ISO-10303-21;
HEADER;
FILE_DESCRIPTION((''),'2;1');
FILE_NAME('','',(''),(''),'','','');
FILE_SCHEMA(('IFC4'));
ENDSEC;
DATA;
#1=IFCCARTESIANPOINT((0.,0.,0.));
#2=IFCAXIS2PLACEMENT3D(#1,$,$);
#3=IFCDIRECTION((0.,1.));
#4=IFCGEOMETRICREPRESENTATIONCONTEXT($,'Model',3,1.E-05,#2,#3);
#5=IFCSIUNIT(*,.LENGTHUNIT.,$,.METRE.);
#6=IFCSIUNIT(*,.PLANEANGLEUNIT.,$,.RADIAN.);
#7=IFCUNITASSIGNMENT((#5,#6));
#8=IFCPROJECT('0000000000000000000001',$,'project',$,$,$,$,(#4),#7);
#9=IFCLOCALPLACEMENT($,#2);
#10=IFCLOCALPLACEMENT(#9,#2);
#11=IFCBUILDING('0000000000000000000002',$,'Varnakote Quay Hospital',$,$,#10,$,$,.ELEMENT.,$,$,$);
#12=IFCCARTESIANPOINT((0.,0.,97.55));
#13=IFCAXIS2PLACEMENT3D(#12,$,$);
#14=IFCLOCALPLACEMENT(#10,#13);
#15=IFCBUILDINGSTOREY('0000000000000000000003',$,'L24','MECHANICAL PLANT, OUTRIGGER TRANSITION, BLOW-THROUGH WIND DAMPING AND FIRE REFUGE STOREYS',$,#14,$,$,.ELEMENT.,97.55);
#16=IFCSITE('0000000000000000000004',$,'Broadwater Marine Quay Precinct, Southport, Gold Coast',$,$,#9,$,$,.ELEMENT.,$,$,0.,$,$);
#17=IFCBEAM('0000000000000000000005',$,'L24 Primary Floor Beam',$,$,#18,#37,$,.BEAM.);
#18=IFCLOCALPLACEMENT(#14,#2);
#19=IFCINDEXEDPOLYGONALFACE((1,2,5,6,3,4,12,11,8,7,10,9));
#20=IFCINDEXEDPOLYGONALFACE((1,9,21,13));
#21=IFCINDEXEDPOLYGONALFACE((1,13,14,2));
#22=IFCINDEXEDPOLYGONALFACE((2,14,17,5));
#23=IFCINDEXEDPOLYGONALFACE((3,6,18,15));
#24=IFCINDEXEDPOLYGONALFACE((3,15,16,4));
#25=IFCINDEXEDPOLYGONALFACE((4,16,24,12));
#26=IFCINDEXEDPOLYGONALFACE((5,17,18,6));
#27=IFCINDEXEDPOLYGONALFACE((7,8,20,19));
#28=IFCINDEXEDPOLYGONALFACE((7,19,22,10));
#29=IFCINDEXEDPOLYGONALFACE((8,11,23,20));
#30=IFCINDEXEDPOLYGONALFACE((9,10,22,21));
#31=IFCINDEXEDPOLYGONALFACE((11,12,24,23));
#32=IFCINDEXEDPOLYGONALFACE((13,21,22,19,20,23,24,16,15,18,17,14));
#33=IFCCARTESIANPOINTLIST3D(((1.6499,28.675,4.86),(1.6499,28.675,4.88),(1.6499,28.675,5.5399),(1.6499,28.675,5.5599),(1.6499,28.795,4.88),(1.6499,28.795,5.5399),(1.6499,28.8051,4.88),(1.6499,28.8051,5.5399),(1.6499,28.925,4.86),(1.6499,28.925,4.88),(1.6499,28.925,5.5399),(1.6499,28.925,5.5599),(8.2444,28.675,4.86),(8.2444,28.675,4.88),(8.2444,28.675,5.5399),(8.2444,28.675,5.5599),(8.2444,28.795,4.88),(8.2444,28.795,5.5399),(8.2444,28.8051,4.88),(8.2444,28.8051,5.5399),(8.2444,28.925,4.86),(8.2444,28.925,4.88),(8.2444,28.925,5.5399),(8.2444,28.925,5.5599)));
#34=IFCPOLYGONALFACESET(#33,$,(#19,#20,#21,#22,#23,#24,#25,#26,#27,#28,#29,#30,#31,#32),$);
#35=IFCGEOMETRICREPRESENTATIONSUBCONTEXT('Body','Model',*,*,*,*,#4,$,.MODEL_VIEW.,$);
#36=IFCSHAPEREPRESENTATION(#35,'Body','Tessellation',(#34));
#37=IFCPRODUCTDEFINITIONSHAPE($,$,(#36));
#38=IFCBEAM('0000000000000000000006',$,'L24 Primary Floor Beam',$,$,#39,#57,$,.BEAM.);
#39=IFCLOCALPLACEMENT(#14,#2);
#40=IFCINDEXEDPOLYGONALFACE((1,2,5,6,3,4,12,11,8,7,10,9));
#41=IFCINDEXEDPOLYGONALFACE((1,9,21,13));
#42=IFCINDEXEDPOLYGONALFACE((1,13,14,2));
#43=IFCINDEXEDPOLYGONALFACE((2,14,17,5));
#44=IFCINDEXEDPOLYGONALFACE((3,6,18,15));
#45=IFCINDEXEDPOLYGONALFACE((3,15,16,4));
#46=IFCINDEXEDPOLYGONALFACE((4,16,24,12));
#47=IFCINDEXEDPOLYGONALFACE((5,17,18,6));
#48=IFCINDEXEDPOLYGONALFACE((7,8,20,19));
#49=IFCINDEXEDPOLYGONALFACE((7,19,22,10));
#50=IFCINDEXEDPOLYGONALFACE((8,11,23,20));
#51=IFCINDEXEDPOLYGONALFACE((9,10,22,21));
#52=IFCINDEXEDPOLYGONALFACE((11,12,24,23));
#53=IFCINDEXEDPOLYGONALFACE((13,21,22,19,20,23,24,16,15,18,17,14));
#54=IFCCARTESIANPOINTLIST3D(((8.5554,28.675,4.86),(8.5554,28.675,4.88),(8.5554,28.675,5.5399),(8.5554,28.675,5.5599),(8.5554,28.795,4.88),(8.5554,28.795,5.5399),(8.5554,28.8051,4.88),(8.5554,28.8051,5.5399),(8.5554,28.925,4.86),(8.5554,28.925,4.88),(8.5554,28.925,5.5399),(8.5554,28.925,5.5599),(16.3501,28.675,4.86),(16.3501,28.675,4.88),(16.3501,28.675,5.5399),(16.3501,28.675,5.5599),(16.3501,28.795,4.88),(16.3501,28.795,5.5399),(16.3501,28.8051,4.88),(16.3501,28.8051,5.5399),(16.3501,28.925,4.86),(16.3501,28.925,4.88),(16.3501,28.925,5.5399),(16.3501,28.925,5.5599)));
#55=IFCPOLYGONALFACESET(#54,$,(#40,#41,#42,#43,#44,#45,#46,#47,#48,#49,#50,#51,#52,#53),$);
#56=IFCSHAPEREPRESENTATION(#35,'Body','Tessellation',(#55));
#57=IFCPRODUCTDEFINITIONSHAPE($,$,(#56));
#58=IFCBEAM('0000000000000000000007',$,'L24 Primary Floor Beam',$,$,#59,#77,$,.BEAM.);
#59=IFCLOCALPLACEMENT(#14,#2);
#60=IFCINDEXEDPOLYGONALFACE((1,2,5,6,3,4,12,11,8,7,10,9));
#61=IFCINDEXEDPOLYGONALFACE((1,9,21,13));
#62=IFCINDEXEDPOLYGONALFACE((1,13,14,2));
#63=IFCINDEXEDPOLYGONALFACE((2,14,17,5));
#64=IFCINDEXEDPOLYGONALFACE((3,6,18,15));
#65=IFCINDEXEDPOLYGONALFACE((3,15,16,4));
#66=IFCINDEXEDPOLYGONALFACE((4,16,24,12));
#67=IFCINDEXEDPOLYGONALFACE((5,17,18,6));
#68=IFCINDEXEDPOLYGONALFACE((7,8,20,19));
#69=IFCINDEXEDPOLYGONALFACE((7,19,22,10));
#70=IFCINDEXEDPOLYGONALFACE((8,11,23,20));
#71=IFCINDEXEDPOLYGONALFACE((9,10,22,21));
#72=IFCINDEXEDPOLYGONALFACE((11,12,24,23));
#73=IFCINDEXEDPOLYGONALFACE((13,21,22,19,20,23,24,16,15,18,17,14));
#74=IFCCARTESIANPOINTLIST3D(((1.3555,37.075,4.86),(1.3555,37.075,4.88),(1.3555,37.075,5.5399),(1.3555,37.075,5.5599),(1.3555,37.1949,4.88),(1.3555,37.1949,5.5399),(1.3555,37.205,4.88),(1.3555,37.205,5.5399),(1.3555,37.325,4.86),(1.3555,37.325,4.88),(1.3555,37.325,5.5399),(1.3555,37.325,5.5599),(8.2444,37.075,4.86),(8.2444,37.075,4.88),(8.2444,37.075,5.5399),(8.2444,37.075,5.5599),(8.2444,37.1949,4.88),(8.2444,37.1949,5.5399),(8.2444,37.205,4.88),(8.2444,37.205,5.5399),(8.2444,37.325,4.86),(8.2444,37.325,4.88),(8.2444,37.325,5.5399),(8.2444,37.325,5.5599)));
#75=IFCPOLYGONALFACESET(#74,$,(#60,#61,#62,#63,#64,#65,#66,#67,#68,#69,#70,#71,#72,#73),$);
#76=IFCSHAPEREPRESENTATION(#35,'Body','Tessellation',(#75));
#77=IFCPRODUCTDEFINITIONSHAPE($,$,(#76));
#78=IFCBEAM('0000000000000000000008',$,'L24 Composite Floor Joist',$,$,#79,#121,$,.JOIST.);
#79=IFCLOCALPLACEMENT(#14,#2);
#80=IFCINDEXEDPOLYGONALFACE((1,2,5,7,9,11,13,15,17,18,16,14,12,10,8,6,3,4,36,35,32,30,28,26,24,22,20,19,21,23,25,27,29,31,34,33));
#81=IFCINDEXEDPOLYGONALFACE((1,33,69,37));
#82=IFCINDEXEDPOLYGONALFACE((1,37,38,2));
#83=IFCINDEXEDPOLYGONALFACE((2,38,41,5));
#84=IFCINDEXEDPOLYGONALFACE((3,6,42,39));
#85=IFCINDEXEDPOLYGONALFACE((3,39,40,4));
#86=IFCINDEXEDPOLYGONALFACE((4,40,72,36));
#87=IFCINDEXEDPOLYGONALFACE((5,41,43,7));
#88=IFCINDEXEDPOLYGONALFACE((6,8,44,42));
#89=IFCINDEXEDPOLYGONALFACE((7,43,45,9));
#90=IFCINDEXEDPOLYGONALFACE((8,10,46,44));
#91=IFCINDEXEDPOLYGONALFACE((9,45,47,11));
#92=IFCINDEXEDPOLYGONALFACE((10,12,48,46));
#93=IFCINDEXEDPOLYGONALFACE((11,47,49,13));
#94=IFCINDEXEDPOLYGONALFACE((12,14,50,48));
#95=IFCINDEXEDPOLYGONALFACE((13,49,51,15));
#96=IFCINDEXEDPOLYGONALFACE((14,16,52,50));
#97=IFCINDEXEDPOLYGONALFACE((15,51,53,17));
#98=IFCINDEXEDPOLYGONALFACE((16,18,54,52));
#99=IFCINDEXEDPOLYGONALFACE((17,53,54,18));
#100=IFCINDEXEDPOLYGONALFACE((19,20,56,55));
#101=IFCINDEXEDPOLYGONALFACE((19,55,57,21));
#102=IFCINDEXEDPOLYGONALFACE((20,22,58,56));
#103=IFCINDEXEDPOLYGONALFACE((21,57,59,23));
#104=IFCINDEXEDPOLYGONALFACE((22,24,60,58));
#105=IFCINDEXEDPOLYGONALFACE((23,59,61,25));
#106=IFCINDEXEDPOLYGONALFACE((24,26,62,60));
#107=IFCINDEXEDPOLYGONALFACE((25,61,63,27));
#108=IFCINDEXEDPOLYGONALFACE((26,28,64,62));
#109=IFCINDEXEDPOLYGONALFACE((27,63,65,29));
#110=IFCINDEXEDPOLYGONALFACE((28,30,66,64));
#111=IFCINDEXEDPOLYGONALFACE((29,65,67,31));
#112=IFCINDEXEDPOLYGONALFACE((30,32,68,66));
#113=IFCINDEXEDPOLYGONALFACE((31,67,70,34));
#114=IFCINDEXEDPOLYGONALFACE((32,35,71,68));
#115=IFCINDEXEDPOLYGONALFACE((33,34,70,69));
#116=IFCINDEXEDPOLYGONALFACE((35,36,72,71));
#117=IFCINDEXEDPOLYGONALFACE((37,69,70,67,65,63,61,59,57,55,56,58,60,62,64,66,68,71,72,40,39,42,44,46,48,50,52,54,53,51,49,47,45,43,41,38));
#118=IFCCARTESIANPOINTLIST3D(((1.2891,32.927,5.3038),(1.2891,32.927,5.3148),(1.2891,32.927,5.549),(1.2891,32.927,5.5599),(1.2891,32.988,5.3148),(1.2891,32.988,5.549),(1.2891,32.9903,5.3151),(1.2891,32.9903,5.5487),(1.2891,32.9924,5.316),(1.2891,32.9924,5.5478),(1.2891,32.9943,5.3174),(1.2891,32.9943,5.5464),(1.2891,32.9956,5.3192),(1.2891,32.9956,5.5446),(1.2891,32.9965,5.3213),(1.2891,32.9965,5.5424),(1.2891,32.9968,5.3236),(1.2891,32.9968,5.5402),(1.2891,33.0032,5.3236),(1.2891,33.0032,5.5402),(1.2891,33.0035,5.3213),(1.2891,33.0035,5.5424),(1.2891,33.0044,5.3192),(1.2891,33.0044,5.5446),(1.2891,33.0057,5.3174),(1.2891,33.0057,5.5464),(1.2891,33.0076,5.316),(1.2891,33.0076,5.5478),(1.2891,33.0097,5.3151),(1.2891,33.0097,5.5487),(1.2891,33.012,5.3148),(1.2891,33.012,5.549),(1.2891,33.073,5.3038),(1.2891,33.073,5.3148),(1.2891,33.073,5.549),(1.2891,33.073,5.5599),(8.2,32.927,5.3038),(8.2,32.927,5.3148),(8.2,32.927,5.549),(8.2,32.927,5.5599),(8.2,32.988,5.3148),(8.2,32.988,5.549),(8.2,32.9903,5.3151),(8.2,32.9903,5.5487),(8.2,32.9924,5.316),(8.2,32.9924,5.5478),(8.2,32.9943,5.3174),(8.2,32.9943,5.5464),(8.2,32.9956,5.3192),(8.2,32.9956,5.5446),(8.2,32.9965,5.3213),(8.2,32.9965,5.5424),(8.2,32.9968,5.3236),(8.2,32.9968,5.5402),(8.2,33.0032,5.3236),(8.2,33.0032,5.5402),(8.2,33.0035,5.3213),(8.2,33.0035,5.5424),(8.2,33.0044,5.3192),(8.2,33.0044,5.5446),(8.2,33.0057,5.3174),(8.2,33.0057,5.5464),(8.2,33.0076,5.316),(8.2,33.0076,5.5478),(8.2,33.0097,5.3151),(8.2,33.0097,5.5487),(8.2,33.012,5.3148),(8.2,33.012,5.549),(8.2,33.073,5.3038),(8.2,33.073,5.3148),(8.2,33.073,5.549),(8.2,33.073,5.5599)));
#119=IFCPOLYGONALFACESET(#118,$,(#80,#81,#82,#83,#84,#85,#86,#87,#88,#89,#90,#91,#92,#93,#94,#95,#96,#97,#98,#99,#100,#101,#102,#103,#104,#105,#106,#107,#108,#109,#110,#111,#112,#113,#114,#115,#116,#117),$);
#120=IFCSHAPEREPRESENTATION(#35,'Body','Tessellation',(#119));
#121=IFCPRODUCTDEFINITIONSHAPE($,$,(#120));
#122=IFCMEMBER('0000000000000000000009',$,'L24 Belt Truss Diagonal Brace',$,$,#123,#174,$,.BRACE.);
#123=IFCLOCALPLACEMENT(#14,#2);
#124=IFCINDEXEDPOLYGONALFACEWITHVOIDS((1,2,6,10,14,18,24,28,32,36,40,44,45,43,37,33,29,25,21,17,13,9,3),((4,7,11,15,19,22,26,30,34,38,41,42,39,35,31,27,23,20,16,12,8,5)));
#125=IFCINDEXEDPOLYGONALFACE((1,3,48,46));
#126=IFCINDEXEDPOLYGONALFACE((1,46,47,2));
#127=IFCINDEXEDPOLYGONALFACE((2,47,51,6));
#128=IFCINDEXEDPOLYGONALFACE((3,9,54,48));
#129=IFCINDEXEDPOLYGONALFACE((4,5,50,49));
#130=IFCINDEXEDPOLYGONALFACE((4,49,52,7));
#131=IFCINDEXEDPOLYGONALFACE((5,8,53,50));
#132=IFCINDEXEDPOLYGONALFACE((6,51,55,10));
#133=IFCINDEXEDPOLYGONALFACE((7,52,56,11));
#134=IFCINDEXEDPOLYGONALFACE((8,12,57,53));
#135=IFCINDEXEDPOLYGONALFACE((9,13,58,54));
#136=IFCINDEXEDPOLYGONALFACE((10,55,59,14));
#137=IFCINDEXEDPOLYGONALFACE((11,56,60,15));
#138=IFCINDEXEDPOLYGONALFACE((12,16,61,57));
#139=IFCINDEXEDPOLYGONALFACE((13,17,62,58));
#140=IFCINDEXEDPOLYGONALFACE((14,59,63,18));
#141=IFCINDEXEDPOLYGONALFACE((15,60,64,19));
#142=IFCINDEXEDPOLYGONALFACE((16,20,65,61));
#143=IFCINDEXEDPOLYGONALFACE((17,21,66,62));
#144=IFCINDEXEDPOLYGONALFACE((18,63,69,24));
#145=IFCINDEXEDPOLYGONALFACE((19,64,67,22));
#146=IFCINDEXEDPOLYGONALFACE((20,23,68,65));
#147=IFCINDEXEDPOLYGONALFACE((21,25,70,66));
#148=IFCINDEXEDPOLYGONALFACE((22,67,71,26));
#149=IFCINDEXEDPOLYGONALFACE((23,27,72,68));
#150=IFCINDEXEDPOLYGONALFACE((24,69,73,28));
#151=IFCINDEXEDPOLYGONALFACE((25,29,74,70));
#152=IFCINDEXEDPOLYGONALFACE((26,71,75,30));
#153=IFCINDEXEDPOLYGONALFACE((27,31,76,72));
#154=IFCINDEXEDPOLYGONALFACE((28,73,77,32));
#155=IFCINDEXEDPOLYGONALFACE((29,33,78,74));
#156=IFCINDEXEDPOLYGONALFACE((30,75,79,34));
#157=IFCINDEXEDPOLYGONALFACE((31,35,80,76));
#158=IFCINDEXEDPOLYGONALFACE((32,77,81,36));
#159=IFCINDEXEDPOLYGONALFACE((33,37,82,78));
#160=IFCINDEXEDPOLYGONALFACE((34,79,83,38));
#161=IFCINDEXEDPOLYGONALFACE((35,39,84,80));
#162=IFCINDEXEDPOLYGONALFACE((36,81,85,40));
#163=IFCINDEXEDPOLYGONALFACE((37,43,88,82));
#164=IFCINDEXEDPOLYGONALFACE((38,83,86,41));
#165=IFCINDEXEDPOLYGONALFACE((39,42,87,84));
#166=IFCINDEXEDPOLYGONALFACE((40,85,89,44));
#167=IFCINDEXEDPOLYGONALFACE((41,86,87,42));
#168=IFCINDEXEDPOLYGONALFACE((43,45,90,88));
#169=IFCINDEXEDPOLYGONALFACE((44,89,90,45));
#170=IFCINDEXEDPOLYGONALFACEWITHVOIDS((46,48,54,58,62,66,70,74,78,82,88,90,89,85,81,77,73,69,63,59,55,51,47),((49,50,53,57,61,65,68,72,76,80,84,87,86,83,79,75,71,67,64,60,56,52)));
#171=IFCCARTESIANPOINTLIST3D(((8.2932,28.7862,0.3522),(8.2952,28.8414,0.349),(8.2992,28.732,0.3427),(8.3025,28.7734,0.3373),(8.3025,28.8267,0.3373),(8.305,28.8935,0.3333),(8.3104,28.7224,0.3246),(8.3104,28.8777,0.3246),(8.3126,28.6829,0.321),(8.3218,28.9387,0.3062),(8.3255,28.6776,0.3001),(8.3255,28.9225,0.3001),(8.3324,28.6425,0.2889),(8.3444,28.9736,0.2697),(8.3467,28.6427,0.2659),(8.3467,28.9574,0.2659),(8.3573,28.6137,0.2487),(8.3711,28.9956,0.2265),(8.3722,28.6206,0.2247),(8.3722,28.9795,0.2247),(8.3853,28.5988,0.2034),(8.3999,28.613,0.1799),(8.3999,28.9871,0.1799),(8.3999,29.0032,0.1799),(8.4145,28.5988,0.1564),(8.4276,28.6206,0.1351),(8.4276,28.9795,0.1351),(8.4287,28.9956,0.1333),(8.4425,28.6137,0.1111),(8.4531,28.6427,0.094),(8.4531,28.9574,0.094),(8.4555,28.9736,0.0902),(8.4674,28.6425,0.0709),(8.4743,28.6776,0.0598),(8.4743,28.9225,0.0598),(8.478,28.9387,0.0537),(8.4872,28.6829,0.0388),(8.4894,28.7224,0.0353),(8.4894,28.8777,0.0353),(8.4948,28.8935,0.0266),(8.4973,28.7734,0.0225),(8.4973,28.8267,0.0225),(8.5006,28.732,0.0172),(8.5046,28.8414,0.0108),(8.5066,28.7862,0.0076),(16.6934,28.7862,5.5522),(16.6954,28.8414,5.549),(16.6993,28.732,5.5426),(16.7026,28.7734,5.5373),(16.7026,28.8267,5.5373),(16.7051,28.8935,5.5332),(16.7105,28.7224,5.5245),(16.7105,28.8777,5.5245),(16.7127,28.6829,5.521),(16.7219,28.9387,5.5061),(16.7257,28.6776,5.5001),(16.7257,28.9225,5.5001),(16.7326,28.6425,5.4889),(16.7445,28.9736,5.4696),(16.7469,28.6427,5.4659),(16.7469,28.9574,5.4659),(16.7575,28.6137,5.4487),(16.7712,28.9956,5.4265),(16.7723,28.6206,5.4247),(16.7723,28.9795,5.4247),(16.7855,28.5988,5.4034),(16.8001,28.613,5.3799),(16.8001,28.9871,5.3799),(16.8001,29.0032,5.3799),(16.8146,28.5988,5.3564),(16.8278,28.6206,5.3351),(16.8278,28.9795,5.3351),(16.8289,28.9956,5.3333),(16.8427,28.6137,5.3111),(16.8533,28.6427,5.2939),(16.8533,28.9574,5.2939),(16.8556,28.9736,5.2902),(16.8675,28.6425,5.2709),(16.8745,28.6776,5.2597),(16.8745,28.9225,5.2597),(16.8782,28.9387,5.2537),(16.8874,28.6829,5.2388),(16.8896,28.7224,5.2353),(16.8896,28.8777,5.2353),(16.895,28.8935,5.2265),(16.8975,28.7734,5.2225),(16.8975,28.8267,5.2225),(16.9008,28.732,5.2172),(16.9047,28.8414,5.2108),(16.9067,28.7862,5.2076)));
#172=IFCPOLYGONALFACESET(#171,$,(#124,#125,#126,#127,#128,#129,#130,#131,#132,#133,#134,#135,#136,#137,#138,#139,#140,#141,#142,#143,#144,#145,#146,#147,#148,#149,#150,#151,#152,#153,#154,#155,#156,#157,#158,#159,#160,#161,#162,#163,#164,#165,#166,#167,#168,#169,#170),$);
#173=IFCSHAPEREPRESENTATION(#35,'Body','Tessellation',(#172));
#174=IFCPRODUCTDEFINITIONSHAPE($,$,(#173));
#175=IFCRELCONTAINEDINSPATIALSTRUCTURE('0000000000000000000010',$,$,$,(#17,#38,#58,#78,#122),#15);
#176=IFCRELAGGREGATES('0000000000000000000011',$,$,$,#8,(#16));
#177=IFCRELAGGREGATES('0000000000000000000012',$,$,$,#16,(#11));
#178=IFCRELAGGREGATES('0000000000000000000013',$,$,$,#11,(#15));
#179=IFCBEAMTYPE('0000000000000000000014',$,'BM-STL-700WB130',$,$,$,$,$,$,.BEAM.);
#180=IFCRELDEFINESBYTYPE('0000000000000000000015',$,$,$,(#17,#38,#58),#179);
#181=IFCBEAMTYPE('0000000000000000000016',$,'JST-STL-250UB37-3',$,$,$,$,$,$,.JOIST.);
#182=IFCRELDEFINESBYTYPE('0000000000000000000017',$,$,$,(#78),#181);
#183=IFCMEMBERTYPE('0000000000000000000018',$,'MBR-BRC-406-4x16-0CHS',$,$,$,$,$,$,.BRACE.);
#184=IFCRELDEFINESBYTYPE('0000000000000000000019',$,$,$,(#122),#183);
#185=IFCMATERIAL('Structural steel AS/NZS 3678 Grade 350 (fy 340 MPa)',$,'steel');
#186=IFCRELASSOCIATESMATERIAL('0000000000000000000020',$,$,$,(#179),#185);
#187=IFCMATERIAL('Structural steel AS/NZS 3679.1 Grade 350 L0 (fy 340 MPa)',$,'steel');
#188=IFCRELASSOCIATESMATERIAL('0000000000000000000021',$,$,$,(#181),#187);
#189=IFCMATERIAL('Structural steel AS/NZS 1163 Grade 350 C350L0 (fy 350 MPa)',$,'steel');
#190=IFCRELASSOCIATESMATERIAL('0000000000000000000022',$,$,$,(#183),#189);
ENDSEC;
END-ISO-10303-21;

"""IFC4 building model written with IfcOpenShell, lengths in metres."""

from ifc_helpers import new_model, si_unit, direction, frame, origin, origin_2d, place, context, subcontext, project, spatial, hollow_circle, i_section, extrude, material, material_profile, profile_set, type_object, element, save


model = new_model("IFC4")

# Units and contexts
model_context = context("Model", 3, precision=1e-05, world=origin(), true_north=direction((0.0, 1.0)))
body_context = subcontext(model_context, "Body", "Model", "MODEL_VIEW")
ifc_project = project(units=[si_unit("LENGTHUNIT", "METRE"), si_unit("PLANEANGLEUNIT", "RADIAN")], contexts=[model_context])

# Site, building, storey
site_placement = place(None, origin())
site = spatial("IfcSite", under=ifc_project, at=site_placement, Name="Broadwater Marine Quay Precinct, Southport, Gold Coast", CompositionType="ELEMENT", RefElevation=0.0)
building_placement = place(site_placement, origin())
building = spatial("IfcBuilding", under=site, at=building_placement, Name="Varnakote Quay Hospital", CompositionType="ELEMENT")
storey_placement = place(building_placement, frame((0.0, 0.0, 97.55)))
storey = spatial("IfcBuildingStorey", under=building, at=storey_placement, Name="L24", Description="MECHANICAL PLANT, OUTRIGGER TRANSITION, BLOW-THROUGH WIND DAMPING AND FIRE REFUGE STOREYS", CompositionType="ELEMENT", Elevation=97.55)

# Beams
ifc_material_1 = material(Name="Structural steel AS/NZS 3678 Grade 350 (fy 340 MPa)", Category="steel")
ifc_material_profile_1 = material_profile(ifc_material_1, i_section(OverallWidth=0.25, OverallDepth=0.7, WebThickness=0.01, FlangeThickness=0.02, at=origin_2d()), Name="700WB130")
ifc_profile_set_1 = profile_set([ifc_material_profile_1], Name="Structural steel AS/NZS 3678 Grade 350 (fy 340 MPa)")
beam_type_1 = type_object("IfcBeamType", Name="BM-STL-700WB130", PredefinedType="BEAM", material=ifc_profile_set_1)
beam_1_placement = place(storey_placement, frame((1.6499, 28.8, 5.21), z_axis=(1.0, 0.0, 0.0), x_axis=(0.0, 1.0, 0.0)))
element("IfcBeam", 1, at=beam_1_placement, inside=storey, type_object=beam_type_1, Name="L24 Primary Floor Beam", PredefinedType="BEAM", context=body_context, shape_type="SweptSolid", body=[
    extrude(i_section(OverallWidth=0.25, OverallDepth=0.7, WebThickness=0.01, FlangeThickness=0.02, at=origin_2d()), origin(), (0.0, 0.0, 1.0), 6.5945),
])
beam_2_placement = place(storey_placement, frame((8.5554, 28.8, 5.21), z_axis=(1.0, 0.0, 0.0), x_axis=(0.0, 1.0, 0.0)))
element("IfcBeam", 2, at=beam_2_placement, inside=storey, type_object=beam_type_1, Name="L24 Primary Floor Beam", PredefinedType="BEAM", context=body_context, shape_type="SweptSolid", body=[
    extrude(i_section(OverallWidth=0.25, OverallDepth=0.7, WebThickness=0.01, FlangeThickness=0.02, at=origin_2d()), origin(), (0.0, 0.0, 1.0), 7.7947),
])
beam_3_placement = place(storey_placement, frame((1.3555, 37.2, 5.21), z_axis=(1.0, 0.0, 0.0), x_axis=(0.0, 1.0, 0.0)))
element("IfcBeam", 3, at=beam_3_placement, inside=storey, type_object=beam_type_1, Name="L24 Primary Floor Beam", PredefinedType="BEAM", context=body_context, shape_type="SweptSolid", body=[
    extrude(i_section(OverallWidth=0.25, OverallDepth=0.7, WebThickness=0.01, FlangeThickness=0.02, at=origin_2d()), origin(), (0.0, 0.0, 1.0), 6.8889),
])
ifc_material_2 = material(Name="Structural steel AS/NZS 3679.1 Grade 350 L0 (fy 340 MPa)", Category="steel")
ifc_material_profile_2 = material_profile(ifc_material_2, i_section(OverallWidth=0.146, OverallDepth=0.2561, WebThickness=0.0063, FlangeThickness=0.011, FilletRadius=0.0088, at=origin_2d()), Name="250UB37.3")
ifc_profile_set_2 = profile_set([ifc_material_profile_2], Name="Structural steel AS/NZS 3679.1 Grade 350 L0 (fy 340 MPa)")
beam_type_2 = type_object("IfcBeamType", Name="JST-STL-250UB37-3", PredefinedType="JOIST", material=ifc_profile_set_2)
beam_4_placement = place(storey_placement, frame((1.2891, 33.0, 5.4319), z_axis=(1.0, 0.0, 0.0), x_axis=(0.0, 1.0, 0.0)))
element("IfcBeam", 4, at=beam_4_placement, inside=storey, type_object=beam_type_2, Name="L24 Composite Floor Joist", PredefinedType="JOIST", context=body_context, shape_type="SweptSolid", body=[
    extrude(i_section(OverallWidth=0.146, OverallDepth=0.2561, WebThickness=0.0063, FlangeThickness=0.011, FilletRadius=0.0088, at=origin_2d()), origin(), (0.0, 0.0, 1.0), 6.9109),
])

# Member
ifc_material_3 = material(Name="Structural steel AS/NZS 1163 Grade 350 C350L0 (fy 350 MPa)", Category="steel")
ifc_material_profile_3 = material_profile(ifc_material_3, hollow_circle(Radius=0.2031, WallThickness=0.0161, at=origin_2d()), Name="406.4x16.0CHS")
ifc_profile_set_3 = profile_set([ifc_material_profile_3], Name="Structural steel AS/NZS 1163 Grade 350 C350L0 (fy 350 MPa)")
member_type_1 = type_object("IfcMemberType", Name="MBR-BRC-406-4x16-0CHS", PredefinedType="BRACE", material=ifc_profile_set_3)
member_1_placement = place(storey_placement, frame((8.3999, 28.8, 0.1799), z_axis=(0.850271, 0.0, 0.526344), x_axis=(0.0, 1.0, 0.0)))
element("IfcMember", 5, at=member_1_placement, inside=storey, type_object=member_type_1, Name="L24 Belt Truss Diagonal Brace", PredefinedType="BRACE", context=body_context, shape_type="SweptSolid", body=[
    extrude(hollow_circle(Radius=0.2031, WallThickness=0.0161, at=origin_2d()), origin(), (0.0, 0.0, 1.0), 9.8794),
])

save(model, "model.ifc")
